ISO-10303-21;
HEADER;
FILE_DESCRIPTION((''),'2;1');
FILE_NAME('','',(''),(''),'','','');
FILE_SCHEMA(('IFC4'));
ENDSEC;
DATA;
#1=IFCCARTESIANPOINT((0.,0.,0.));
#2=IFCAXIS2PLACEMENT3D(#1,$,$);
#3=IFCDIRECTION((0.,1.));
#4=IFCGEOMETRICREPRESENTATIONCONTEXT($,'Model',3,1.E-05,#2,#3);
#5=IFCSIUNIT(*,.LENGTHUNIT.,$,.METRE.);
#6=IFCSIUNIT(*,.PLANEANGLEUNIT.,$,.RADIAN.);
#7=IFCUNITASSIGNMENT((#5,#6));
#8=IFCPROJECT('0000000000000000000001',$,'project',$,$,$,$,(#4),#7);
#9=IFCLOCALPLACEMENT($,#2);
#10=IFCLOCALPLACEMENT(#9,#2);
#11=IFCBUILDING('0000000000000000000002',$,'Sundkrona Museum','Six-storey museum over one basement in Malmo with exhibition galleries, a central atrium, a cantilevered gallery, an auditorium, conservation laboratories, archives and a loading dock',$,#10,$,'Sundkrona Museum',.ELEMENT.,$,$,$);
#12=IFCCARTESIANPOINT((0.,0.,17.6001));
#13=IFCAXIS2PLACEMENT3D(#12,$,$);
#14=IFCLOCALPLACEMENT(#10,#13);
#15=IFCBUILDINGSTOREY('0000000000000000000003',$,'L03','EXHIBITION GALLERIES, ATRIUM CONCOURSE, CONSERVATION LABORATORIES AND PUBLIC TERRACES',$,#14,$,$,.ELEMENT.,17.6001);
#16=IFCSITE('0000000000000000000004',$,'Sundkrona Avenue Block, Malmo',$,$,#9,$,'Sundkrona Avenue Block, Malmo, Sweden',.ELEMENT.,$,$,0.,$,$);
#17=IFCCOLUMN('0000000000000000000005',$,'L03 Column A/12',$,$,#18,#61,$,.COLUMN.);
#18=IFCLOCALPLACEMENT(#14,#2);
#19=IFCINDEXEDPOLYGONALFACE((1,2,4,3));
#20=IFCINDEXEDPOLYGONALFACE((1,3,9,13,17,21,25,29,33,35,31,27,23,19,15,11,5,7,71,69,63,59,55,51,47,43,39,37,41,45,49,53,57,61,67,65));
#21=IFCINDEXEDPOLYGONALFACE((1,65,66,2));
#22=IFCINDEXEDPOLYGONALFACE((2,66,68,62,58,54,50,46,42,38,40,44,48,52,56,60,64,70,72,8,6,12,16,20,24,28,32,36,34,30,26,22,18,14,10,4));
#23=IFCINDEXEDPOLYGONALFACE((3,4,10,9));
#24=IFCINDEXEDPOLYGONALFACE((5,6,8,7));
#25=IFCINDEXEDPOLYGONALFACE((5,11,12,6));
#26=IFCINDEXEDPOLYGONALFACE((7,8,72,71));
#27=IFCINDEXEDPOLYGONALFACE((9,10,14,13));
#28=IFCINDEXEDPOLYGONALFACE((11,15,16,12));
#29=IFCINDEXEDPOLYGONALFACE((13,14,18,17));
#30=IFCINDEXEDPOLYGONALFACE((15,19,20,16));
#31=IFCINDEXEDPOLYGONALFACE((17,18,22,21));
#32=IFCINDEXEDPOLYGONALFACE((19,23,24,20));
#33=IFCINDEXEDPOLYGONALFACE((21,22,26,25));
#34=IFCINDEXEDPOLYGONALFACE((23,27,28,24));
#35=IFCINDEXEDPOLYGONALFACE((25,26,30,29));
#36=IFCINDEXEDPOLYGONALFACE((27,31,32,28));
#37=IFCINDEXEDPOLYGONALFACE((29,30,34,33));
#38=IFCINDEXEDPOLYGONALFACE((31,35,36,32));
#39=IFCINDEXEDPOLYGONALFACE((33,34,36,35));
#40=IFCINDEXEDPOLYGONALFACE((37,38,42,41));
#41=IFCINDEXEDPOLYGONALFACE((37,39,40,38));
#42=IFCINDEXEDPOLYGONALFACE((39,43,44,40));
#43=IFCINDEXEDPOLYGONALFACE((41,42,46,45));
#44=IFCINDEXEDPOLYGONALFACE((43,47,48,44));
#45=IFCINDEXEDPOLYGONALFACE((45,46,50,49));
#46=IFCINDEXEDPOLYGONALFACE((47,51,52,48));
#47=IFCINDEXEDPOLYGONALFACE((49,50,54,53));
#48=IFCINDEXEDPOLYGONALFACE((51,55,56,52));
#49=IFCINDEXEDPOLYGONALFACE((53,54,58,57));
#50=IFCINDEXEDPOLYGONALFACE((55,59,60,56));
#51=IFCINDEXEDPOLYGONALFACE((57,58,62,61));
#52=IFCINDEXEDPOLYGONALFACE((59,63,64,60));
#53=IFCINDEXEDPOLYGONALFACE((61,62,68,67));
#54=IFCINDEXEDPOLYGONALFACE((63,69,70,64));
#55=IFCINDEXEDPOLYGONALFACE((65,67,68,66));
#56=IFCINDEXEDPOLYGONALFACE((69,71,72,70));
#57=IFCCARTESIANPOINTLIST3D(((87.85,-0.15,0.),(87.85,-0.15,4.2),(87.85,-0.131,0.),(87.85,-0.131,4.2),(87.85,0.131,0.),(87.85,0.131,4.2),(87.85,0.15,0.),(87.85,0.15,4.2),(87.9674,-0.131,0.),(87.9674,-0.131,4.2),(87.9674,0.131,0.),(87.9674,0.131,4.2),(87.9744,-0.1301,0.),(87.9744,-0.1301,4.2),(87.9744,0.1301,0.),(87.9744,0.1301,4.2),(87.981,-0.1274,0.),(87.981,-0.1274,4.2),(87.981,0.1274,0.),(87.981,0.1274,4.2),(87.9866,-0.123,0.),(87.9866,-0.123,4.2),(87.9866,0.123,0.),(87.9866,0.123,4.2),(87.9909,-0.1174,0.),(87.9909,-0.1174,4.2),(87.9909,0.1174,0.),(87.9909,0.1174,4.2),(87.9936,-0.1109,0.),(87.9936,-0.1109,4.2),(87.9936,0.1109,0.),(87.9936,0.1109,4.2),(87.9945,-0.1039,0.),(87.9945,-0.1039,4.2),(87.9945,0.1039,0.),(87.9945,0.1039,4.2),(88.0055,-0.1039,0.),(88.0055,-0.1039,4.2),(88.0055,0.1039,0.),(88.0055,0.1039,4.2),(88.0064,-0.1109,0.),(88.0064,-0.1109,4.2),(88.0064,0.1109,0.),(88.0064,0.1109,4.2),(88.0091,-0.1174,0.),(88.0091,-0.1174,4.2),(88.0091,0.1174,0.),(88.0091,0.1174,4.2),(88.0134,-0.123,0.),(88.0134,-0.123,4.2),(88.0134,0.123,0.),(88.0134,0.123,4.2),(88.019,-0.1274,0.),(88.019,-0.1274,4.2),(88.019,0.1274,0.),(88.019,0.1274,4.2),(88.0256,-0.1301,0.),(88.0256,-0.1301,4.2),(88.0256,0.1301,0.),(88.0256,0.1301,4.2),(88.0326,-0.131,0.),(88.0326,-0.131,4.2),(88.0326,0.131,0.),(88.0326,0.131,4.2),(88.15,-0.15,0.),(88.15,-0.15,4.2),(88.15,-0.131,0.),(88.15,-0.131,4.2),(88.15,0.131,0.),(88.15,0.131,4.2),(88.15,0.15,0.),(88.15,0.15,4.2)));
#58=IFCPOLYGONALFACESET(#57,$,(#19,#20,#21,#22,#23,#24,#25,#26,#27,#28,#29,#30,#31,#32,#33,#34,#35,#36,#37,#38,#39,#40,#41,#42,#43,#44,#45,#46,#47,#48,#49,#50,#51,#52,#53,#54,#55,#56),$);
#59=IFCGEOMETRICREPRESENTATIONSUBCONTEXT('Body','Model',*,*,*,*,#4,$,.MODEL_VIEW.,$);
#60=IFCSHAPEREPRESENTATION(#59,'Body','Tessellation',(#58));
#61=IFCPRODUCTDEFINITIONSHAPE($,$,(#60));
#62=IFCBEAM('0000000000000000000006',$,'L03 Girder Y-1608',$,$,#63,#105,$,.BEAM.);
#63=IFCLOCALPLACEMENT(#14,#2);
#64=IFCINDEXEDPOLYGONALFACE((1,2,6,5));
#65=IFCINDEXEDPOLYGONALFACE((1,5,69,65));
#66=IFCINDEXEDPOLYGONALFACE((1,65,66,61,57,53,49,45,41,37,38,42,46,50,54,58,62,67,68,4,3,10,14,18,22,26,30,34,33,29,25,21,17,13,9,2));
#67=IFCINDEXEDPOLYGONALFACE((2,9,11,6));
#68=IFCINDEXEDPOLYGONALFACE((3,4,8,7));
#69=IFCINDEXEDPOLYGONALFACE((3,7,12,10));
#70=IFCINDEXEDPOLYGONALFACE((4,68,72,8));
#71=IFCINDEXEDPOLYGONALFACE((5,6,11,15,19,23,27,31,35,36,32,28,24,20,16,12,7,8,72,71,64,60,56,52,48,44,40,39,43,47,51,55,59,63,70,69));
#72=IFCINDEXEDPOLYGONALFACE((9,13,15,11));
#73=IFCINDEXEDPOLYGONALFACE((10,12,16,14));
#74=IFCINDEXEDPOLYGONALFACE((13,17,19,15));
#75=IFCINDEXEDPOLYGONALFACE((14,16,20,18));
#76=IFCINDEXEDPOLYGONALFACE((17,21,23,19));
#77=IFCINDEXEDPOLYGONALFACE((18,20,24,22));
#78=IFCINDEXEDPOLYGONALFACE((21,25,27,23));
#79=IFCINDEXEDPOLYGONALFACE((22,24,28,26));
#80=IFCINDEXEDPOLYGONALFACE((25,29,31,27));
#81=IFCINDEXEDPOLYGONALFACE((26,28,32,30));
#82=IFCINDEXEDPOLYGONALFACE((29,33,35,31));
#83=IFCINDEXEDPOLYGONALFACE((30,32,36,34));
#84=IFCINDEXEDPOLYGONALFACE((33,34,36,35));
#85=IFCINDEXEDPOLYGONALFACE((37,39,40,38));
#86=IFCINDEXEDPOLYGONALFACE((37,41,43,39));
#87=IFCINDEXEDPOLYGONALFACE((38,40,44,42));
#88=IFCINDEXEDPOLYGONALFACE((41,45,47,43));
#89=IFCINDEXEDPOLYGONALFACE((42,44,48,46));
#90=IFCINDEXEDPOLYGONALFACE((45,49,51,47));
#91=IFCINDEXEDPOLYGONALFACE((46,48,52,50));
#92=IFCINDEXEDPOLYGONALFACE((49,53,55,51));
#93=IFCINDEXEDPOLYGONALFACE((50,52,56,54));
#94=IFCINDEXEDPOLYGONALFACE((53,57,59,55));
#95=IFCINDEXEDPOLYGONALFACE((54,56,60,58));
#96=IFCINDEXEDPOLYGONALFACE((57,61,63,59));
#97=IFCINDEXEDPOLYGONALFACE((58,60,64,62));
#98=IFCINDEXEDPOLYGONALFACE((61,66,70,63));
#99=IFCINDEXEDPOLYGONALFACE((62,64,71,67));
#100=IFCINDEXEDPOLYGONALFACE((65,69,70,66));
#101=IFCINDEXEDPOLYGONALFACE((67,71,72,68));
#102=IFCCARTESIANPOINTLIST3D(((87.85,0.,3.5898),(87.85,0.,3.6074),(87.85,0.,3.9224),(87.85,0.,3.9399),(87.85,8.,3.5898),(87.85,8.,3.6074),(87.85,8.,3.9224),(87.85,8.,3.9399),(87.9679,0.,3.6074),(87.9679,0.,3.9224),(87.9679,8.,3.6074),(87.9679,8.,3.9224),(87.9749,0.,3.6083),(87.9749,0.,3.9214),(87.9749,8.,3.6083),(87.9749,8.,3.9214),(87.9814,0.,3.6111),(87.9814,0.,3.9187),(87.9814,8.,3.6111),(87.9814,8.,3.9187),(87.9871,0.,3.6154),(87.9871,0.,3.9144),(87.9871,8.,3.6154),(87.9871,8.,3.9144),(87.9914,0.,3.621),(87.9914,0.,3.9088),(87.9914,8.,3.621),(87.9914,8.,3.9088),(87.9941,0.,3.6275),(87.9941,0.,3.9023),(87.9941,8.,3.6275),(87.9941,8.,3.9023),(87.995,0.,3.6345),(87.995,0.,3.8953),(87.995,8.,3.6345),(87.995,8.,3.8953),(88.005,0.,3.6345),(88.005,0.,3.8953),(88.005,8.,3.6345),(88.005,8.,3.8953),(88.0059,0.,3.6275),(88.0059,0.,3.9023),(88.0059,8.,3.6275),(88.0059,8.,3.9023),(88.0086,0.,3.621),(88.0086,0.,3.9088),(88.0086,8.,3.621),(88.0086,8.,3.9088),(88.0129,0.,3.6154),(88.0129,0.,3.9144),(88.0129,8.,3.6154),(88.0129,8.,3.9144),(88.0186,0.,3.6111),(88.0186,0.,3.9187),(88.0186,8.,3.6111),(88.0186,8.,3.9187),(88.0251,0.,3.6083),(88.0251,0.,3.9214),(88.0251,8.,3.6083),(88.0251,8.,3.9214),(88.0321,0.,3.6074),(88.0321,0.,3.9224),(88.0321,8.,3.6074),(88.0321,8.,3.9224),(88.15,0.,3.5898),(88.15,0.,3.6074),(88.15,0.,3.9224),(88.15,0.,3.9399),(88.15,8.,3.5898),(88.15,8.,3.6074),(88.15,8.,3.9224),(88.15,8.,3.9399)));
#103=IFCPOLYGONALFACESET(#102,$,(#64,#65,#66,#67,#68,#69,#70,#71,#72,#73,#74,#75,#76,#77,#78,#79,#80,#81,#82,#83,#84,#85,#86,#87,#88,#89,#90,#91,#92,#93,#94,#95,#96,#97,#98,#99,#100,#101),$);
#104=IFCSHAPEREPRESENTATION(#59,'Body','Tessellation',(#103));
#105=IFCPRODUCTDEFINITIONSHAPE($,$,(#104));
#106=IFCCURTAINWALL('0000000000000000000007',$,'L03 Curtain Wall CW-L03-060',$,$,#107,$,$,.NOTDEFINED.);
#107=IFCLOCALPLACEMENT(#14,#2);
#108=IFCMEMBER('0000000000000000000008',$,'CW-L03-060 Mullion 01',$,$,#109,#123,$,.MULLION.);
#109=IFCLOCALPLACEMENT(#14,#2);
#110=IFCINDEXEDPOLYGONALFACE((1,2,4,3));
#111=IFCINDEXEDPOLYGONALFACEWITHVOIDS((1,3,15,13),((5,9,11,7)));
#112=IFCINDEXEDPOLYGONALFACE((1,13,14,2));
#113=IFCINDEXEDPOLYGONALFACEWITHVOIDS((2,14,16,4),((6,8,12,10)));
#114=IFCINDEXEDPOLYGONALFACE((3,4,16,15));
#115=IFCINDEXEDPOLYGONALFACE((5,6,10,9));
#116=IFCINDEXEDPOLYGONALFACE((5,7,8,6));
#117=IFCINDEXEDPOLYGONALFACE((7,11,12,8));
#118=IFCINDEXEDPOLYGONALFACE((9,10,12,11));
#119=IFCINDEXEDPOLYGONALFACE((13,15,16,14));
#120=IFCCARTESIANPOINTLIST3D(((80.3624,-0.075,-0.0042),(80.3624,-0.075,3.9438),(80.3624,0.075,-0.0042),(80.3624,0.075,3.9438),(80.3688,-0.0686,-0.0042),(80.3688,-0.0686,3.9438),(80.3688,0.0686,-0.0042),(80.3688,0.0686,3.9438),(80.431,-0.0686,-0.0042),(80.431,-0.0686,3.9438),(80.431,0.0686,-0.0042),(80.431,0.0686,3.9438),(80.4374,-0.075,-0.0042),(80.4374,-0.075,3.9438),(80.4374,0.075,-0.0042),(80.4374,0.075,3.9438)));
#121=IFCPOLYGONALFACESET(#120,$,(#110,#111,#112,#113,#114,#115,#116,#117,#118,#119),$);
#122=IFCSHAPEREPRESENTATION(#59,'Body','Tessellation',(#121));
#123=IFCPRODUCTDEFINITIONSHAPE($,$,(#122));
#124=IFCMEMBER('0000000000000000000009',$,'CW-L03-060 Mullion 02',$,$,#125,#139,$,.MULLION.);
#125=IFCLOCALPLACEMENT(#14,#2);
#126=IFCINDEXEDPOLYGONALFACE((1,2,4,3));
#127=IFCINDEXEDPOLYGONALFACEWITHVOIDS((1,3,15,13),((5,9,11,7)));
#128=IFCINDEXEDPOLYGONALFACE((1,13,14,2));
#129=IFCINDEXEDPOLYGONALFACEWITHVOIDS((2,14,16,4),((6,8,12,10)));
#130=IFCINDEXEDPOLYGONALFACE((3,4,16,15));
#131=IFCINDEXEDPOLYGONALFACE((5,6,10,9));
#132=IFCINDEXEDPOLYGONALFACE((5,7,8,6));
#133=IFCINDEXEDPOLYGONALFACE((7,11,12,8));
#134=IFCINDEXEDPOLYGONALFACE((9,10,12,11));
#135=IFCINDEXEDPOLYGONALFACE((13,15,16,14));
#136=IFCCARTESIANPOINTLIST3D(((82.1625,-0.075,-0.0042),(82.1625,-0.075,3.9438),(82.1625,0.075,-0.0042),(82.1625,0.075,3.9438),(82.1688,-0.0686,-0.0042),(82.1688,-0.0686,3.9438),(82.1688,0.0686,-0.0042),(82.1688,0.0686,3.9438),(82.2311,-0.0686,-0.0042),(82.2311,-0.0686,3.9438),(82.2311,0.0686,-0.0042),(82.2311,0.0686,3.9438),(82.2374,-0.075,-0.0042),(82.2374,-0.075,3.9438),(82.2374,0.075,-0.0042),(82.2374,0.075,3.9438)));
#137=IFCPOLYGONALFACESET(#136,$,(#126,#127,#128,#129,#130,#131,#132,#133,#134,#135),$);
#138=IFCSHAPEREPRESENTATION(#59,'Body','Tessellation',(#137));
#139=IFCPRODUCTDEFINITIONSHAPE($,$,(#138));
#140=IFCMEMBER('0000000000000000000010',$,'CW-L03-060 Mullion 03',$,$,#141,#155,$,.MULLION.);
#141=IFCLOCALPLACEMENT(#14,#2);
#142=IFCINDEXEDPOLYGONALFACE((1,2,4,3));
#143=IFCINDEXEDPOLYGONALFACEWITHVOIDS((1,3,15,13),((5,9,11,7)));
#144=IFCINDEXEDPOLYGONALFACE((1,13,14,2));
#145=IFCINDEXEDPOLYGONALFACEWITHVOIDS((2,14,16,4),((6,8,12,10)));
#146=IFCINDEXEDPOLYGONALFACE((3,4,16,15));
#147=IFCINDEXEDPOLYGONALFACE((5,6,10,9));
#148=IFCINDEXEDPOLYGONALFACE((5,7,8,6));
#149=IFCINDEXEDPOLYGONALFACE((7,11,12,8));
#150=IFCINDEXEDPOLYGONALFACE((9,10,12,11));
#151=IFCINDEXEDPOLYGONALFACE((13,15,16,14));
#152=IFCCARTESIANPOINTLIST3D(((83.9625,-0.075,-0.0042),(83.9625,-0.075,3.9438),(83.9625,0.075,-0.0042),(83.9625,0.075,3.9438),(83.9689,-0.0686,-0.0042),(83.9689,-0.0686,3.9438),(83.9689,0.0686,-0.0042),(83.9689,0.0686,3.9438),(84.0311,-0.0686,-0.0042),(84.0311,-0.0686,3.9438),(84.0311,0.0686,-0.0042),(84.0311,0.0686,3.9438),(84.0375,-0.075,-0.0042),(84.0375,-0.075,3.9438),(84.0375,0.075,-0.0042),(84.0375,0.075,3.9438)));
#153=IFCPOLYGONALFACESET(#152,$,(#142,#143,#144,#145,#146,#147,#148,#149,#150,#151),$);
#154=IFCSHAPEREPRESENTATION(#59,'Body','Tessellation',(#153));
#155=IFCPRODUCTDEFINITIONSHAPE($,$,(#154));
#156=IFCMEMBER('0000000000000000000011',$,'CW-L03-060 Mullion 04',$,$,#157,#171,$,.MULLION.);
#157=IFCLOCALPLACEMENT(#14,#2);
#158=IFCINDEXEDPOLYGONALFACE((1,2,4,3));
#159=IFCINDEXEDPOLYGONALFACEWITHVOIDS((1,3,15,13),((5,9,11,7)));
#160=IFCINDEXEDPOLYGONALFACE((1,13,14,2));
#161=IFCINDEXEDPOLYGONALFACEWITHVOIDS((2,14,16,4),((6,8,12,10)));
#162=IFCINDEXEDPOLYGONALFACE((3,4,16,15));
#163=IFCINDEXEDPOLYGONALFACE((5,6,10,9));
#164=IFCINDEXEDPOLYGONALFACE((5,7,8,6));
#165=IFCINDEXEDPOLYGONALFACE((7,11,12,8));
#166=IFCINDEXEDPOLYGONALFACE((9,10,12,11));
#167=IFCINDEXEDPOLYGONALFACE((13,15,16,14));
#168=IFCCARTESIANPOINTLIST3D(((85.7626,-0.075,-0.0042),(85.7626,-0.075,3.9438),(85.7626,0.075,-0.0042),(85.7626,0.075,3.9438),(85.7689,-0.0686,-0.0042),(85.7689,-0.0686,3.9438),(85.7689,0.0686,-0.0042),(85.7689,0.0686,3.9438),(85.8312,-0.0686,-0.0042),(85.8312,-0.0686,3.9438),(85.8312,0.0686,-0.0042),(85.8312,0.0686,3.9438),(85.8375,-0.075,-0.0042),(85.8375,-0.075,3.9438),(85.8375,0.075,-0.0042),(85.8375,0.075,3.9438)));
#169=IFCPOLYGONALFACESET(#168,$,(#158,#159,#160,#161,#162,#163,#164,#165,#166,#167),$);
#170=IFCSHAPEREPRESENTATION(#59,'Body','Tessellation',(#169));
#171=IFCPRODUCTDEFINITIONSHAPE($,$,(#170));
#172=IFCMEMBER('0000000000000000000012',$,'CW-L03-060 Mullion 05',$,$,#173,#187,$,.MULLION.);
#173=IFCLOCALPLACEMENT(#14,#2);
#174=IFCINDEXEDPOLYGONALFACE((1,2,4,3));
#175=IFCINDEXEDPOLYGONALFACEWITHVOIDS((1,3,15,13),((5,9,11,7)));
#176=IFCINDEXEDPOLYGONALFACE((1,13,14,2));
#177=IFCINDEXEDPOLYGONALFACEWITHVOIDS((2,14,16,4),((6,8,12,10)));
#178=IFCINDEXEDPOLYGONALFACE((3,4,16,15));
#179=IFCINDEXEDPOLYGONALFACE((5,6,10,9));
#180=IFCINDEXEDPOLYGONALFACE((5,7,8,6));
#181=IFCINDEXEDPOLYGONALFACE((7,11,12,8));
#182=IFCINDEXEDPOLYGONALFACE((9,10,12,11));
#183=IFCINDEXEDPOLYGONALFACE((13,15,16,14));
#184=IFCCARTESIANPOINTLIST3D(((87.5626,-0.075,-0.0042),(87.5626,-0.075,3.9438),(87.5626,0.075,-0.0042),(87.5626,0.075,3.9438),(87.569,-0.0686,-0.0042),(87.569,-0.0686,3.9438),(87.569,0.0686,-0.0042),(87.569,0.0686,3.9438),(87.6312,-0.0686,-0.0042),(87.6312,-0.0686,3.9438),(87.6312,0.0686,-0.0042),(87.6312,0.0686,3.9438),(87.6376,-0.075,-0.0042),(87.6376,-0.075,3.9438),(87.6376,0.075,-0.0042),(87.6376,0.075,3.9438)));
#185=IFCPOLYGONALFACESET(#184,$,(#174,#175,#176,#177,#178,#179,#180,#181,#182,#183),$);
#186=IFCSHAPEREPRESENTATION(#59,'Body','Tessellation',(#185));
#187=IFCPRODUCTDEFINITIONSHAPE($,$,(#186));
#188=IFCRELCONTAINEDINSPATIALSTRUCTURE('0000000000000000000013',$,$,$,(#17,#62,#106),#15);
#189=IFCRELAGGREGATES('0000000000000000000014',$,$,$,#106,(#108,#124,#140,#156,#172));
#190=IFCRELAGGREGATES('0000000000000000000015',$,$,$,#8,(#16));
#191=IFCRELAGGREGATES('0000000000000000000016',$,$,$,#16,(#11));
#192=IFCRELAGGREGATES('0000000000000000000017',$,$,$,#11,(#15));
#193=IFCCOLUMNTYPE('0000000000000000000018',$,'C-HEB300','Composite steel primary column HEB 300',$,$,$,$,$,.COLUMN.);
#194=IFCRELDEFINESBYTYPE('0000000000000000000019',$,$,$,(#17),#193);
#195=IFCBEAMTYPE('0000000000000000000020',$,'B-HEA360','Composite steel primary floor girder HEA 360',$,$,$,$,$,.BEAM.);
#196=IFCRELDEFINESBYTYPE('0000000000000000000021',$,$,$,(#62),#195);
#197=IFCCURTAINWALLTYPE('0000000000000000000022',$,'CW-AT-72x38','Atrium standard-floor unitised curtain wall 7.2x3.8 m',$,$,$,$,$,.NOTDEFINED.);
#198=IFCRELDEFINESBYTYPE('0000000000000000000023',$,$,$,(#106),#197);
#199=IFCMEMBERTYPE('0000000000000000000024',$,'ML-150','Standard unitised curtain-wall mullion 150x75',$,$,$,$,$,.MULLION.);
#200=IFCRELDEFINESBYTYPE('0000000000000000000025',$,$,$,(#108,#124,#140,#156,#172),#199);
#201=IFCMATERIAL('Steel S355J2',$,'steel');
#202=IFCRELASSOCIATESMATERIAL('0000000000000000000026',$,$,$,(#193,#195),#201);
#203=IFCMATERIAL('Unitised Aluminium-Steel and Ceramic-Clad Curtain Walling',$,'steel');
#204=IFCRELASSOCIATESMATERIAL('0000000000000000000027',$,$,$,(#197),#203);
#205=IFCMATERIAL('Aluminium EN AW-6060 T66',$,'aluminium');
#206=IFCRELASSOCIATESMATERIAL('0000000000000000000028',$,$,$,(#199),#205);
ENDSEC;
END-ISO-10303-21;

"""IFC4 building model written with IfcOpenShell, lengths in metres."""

from ifc_helpers import new_model, si_unit, direction, frame, origin, origin_2d, place, context, subcontext, project, spatial, hollow_rectangle, i_section, extrude, material, material_profile, profile_set, type_object, element, aggregate, save


model = new_model("IFC4")

# Units and contexts
model_context = context("Model", 3, precision=1e-05, world=origin(), true_north=direction((0.0, 1.0)))
body_context = subcontext(model_context, "Body", "Model", "MODEL_VIEW")
ifc_project = project(units=[si_unit("LENGTHUNIT", "METRE"), si_unit("PLANEANGLEUNIT", "RADIAN")], contexts=[model_context])

# Site, building, storey
site_placement = place(None, origin())
site = spatial("IfcSite", under=ifc_project, at=site_placement, Name="Sundkrona Avenue Block, Malmo", LongName="Sundkrona Avenue Block, Malmo, Sweden", CompositionType="ELEMENT", RefElevation=0.0)
building_placement = place(site_placement, origin())
building = spatial("IfcBuilding", under=site, at=building_placement, Name="Sundkrona Museum", Description="Six-storey museum over one basement in Malmo with exhibition galleries, a central atrium, a cantilevered gallery, an auditorium, conservation laboratories, archives and a loading dock", LongName="Sundkrona Museum", CompositionType="ELEMENT")
storey_placement = place(building_placement, frame((0.0, 0.0, 17.6001)))
storey = spatial("IfcBuildingStorey", under=building, at=storey_placement, Name="L03", Description="EXHIBITION GALLERIES, ATRIUM CONCOURSE, CONSERVATION LABORATORIES AND PUBLIC TERRACES", CompositionType="ELEMENT", Elevation=17.6001)

# Column
ifc_material_1 = material(Name="Steel S355J2", Category="steel")
ifc_material_profile_1 = material_profile(ifc_material_1, i_section(OverallWidth=0.3, OverallDepth=0.3, WebThickness=0.011, FlangeThickness=0.019, FilletRadius=0.0271, at=origin_2d()), Name="HEB 300")
ifc_profile_set_1 = profile_set([ifc_material_profile_1], Name="Steel S355J2")
column_type = type_object("IfcColumnType", Name="C-HEB300", Description="Composite steel primary column HEB 300", PredefinedType="COLUMN", material=ifc_profile_set_1)
column_placement = place(storey_placement, frame((88.0, 0.0, 0.0), z_axis=(0.0, 0.0, 1.0), x_axis=(1.0, 0.0, 0.0)))
element("IfcColumn", 1, at=column_placement, inside=storey, type_object=column_type, Name="L03 Column A/12", PredefinedType="COLUMN", context=body_context, shape_type="SweptSolid", body=[
    extrude(i_section(OverallWidth=0.3, OverallDepth=0.3, WebThickness=0.011, FlangeThickness=0.019, FilletRadius=0.0271, at=origin_2d()), origin(), (0.0, 0.0, 1.0), 4.2),
])

# Beam
ifc_material_profile_2 = material_profile(ifc_material_1, i_section(OverallWidth=0.3, OverallDepth=0.3501, WebThickness=0.01, FlangeThickness=0.0176, FilletRadius=0.0271, at=origin_2d()), Name="HEA 360")
ifc_profile_set_2 = profile_set([ifc_material_profile_2], Name="Steel S355J2")
beam_type_1 = type_object("IfcBeamType", Name="B-HEA360", Description="Composite steel primary floor girder HEA 360", PredefinedType="BEAM", material=ifc_profile_set_2)
beam_1_placement = place(storey_placement, frame((88.0, 0.0, 3.7649), z_axis=(0.0, 1.0, 0.0), x_axis=(-1.0, 0.0, 0.0)))
element("IfcBeam", 2, at=beam_1_placement, inside=storey, type_object=beam_type_1, Name="L03 Girder Y-1608", PredefinedType="BEAM", context=body_context, shape_type="SweptSolid", body=[
    extrude(i_section(OverallWidth=0.3, OverallDepth=0.3501, WebThickness=0.01, FlangeThickness=0.0176, FilletRadius=0.0271, at=origin_2d()), origin(), (0.0, 0.0, 1.0), 8.0),
])

# Curtain wall, members
ifc_material_2 = material(Name="Unitised Aluminium-Steel and Ceramic-Clad Curtain Walling", Category="steel")
curtain_wall_type = type_object("IfcCurtainWallType", Name="CW-AT-72x38", Description="Atrium standard-floor unitised curtain wall 7.2x3.8 m", PredefinedType="NOTDEFINED", material=ifc_material_2)
curtain_wall_1_placement = place(storey_placement, origin())
curtain_wall_1 = element("IfcCurtainWall", 3, at=curtain_wall_1_placement, inside=storey, type_object=curtain_wall_type, Name="L03 Curtain Wall CW-L03-060", PredefinedType="NOTDEFINED")
ifc_material_3 = material(Name="Aluminium EN AW-6060 T66", Category="aluminium")
ifc_material_profile_3 = material_profile(ifc_material_3, hollow_rectangle(XDim=0.075, YDim=0.1499, WallThickness=0.0063, at=origin_2d()), Name="RHS 150x75x6.3")
ifc_profile_set_3 = profile_set([ifc_material_profile_3], Name="Aluminium EN AW-6060 T66")
member_type_1 = type_object("IfcMemberType", Name="ML-150", Description="Standard unitised curtain-wall mullion 150x75", PredefinedType="MULLION", material=ifc_profile_set_3)
member_1_placement = place(storey_placement, frame((80.3999, 0.0, -0.0042), z_axis=(0.0, 0.0, 1.0), x_axis=(1.0, 0.0, 0.0)))
member_1 = element("IfcMember", 4, at=member_1_placement, type_object=member_type_1, Name="CW-L03-060 Mullion 01", PredefinedType="MULLION", context=body_context, shape_type="SweptSolid", body=[
    extrude(hollow_rectangle(XDim=0.075, YDim=0.1499, WallThickness=0.0063, at=origin_2d()), origin(), (0.0, 0.0, 1.0), 3.948),
])
member_2_placement = place(storey_placement, frame((82.2, 0.0, -0.0042), z_axis=(0.0, 0.0, 1.0), x_axis=(1.0, 0.0, 0.0)))
member_2 = element("IfcMember", 5, at=member_2_placement, type_object=member_type_1, Name="CW-L03-060 Mullion 02", PredefinedType="MULLION", context=body_context, shape_type="SweptSolid", body=[
    extrude(hollow_rectangle(XDim=0.075, YDim=0.1499, WallThickness=0.0063, at=origin_2d()), origin(), (0.0, 0.0, 1.0), 3.948),
])
member_3_placement = place(storey_placement, frame((84.0, 0.0, -0.0042), z_axis=(0.0, 0.0, 1.0), x_axis=(1.0, 0.0, 0.0)))
member_3 = element("IfcMember", 6, at=member_3_placement, type_object=member_type_1, Name="CW-L03-060 Mullion 03", PredefinedType="MULLION", context=body_context, shape_type="SweptSolid", body=[
    extrude(hollow_rectangle(XDim=0.075, YDim=0.1499, WallThickness=0.0063, at=origin_2d()), origin(), (0.0, 0.0, 1.0), 3.948),
])
member_4_placement = place(storey_placement, frame((85.8, 0.0, -0.0042), z_axis=(0.0, 0.0, 1.0), x_axis=(1.0, 0.0, 0.0)))
member_4 = element("IfcMember", 7, at=member_4_placement, type_object=member_type_1, Name="CW-L03-060 Mullion 04", PredefinedType="MULLION", context=body_context, shape_type="SweptSolid", body=[
    extrude(hollow_rectangle(XDim=0.075, YDim=0.1499, WallThickness=0.0063, at=origin_2d()), origin(), (0.0, 0.0, 1.0), 3.948),
])
member_5_placement = place(storey_placement, frame((87.6001, 0.0, -0.0042), z_axis=(0.0, 0.0, 1.0), x_axis=(1.0, 0.0, 0.0)))
member_5 = element("IfcMember", 8, at=member_5_placement, type_object=member_type_1, Name="CW-L03-060 Mullion 05", PredefinedType="MULLION", context=body_context, shape_type="SweptSolid", body=[
    extrude(hollow_rectangle(XDim=0.075, YDim=0.1499, WallThickness=0.0063, at=origin_2d()), origin(), (0.0, 0.0, 1.0), 3.948),
])

aggregate(curtain_wall_1, [member_1, member_2, member_3, member_4, member_5])

save(model, "model.ifc")
